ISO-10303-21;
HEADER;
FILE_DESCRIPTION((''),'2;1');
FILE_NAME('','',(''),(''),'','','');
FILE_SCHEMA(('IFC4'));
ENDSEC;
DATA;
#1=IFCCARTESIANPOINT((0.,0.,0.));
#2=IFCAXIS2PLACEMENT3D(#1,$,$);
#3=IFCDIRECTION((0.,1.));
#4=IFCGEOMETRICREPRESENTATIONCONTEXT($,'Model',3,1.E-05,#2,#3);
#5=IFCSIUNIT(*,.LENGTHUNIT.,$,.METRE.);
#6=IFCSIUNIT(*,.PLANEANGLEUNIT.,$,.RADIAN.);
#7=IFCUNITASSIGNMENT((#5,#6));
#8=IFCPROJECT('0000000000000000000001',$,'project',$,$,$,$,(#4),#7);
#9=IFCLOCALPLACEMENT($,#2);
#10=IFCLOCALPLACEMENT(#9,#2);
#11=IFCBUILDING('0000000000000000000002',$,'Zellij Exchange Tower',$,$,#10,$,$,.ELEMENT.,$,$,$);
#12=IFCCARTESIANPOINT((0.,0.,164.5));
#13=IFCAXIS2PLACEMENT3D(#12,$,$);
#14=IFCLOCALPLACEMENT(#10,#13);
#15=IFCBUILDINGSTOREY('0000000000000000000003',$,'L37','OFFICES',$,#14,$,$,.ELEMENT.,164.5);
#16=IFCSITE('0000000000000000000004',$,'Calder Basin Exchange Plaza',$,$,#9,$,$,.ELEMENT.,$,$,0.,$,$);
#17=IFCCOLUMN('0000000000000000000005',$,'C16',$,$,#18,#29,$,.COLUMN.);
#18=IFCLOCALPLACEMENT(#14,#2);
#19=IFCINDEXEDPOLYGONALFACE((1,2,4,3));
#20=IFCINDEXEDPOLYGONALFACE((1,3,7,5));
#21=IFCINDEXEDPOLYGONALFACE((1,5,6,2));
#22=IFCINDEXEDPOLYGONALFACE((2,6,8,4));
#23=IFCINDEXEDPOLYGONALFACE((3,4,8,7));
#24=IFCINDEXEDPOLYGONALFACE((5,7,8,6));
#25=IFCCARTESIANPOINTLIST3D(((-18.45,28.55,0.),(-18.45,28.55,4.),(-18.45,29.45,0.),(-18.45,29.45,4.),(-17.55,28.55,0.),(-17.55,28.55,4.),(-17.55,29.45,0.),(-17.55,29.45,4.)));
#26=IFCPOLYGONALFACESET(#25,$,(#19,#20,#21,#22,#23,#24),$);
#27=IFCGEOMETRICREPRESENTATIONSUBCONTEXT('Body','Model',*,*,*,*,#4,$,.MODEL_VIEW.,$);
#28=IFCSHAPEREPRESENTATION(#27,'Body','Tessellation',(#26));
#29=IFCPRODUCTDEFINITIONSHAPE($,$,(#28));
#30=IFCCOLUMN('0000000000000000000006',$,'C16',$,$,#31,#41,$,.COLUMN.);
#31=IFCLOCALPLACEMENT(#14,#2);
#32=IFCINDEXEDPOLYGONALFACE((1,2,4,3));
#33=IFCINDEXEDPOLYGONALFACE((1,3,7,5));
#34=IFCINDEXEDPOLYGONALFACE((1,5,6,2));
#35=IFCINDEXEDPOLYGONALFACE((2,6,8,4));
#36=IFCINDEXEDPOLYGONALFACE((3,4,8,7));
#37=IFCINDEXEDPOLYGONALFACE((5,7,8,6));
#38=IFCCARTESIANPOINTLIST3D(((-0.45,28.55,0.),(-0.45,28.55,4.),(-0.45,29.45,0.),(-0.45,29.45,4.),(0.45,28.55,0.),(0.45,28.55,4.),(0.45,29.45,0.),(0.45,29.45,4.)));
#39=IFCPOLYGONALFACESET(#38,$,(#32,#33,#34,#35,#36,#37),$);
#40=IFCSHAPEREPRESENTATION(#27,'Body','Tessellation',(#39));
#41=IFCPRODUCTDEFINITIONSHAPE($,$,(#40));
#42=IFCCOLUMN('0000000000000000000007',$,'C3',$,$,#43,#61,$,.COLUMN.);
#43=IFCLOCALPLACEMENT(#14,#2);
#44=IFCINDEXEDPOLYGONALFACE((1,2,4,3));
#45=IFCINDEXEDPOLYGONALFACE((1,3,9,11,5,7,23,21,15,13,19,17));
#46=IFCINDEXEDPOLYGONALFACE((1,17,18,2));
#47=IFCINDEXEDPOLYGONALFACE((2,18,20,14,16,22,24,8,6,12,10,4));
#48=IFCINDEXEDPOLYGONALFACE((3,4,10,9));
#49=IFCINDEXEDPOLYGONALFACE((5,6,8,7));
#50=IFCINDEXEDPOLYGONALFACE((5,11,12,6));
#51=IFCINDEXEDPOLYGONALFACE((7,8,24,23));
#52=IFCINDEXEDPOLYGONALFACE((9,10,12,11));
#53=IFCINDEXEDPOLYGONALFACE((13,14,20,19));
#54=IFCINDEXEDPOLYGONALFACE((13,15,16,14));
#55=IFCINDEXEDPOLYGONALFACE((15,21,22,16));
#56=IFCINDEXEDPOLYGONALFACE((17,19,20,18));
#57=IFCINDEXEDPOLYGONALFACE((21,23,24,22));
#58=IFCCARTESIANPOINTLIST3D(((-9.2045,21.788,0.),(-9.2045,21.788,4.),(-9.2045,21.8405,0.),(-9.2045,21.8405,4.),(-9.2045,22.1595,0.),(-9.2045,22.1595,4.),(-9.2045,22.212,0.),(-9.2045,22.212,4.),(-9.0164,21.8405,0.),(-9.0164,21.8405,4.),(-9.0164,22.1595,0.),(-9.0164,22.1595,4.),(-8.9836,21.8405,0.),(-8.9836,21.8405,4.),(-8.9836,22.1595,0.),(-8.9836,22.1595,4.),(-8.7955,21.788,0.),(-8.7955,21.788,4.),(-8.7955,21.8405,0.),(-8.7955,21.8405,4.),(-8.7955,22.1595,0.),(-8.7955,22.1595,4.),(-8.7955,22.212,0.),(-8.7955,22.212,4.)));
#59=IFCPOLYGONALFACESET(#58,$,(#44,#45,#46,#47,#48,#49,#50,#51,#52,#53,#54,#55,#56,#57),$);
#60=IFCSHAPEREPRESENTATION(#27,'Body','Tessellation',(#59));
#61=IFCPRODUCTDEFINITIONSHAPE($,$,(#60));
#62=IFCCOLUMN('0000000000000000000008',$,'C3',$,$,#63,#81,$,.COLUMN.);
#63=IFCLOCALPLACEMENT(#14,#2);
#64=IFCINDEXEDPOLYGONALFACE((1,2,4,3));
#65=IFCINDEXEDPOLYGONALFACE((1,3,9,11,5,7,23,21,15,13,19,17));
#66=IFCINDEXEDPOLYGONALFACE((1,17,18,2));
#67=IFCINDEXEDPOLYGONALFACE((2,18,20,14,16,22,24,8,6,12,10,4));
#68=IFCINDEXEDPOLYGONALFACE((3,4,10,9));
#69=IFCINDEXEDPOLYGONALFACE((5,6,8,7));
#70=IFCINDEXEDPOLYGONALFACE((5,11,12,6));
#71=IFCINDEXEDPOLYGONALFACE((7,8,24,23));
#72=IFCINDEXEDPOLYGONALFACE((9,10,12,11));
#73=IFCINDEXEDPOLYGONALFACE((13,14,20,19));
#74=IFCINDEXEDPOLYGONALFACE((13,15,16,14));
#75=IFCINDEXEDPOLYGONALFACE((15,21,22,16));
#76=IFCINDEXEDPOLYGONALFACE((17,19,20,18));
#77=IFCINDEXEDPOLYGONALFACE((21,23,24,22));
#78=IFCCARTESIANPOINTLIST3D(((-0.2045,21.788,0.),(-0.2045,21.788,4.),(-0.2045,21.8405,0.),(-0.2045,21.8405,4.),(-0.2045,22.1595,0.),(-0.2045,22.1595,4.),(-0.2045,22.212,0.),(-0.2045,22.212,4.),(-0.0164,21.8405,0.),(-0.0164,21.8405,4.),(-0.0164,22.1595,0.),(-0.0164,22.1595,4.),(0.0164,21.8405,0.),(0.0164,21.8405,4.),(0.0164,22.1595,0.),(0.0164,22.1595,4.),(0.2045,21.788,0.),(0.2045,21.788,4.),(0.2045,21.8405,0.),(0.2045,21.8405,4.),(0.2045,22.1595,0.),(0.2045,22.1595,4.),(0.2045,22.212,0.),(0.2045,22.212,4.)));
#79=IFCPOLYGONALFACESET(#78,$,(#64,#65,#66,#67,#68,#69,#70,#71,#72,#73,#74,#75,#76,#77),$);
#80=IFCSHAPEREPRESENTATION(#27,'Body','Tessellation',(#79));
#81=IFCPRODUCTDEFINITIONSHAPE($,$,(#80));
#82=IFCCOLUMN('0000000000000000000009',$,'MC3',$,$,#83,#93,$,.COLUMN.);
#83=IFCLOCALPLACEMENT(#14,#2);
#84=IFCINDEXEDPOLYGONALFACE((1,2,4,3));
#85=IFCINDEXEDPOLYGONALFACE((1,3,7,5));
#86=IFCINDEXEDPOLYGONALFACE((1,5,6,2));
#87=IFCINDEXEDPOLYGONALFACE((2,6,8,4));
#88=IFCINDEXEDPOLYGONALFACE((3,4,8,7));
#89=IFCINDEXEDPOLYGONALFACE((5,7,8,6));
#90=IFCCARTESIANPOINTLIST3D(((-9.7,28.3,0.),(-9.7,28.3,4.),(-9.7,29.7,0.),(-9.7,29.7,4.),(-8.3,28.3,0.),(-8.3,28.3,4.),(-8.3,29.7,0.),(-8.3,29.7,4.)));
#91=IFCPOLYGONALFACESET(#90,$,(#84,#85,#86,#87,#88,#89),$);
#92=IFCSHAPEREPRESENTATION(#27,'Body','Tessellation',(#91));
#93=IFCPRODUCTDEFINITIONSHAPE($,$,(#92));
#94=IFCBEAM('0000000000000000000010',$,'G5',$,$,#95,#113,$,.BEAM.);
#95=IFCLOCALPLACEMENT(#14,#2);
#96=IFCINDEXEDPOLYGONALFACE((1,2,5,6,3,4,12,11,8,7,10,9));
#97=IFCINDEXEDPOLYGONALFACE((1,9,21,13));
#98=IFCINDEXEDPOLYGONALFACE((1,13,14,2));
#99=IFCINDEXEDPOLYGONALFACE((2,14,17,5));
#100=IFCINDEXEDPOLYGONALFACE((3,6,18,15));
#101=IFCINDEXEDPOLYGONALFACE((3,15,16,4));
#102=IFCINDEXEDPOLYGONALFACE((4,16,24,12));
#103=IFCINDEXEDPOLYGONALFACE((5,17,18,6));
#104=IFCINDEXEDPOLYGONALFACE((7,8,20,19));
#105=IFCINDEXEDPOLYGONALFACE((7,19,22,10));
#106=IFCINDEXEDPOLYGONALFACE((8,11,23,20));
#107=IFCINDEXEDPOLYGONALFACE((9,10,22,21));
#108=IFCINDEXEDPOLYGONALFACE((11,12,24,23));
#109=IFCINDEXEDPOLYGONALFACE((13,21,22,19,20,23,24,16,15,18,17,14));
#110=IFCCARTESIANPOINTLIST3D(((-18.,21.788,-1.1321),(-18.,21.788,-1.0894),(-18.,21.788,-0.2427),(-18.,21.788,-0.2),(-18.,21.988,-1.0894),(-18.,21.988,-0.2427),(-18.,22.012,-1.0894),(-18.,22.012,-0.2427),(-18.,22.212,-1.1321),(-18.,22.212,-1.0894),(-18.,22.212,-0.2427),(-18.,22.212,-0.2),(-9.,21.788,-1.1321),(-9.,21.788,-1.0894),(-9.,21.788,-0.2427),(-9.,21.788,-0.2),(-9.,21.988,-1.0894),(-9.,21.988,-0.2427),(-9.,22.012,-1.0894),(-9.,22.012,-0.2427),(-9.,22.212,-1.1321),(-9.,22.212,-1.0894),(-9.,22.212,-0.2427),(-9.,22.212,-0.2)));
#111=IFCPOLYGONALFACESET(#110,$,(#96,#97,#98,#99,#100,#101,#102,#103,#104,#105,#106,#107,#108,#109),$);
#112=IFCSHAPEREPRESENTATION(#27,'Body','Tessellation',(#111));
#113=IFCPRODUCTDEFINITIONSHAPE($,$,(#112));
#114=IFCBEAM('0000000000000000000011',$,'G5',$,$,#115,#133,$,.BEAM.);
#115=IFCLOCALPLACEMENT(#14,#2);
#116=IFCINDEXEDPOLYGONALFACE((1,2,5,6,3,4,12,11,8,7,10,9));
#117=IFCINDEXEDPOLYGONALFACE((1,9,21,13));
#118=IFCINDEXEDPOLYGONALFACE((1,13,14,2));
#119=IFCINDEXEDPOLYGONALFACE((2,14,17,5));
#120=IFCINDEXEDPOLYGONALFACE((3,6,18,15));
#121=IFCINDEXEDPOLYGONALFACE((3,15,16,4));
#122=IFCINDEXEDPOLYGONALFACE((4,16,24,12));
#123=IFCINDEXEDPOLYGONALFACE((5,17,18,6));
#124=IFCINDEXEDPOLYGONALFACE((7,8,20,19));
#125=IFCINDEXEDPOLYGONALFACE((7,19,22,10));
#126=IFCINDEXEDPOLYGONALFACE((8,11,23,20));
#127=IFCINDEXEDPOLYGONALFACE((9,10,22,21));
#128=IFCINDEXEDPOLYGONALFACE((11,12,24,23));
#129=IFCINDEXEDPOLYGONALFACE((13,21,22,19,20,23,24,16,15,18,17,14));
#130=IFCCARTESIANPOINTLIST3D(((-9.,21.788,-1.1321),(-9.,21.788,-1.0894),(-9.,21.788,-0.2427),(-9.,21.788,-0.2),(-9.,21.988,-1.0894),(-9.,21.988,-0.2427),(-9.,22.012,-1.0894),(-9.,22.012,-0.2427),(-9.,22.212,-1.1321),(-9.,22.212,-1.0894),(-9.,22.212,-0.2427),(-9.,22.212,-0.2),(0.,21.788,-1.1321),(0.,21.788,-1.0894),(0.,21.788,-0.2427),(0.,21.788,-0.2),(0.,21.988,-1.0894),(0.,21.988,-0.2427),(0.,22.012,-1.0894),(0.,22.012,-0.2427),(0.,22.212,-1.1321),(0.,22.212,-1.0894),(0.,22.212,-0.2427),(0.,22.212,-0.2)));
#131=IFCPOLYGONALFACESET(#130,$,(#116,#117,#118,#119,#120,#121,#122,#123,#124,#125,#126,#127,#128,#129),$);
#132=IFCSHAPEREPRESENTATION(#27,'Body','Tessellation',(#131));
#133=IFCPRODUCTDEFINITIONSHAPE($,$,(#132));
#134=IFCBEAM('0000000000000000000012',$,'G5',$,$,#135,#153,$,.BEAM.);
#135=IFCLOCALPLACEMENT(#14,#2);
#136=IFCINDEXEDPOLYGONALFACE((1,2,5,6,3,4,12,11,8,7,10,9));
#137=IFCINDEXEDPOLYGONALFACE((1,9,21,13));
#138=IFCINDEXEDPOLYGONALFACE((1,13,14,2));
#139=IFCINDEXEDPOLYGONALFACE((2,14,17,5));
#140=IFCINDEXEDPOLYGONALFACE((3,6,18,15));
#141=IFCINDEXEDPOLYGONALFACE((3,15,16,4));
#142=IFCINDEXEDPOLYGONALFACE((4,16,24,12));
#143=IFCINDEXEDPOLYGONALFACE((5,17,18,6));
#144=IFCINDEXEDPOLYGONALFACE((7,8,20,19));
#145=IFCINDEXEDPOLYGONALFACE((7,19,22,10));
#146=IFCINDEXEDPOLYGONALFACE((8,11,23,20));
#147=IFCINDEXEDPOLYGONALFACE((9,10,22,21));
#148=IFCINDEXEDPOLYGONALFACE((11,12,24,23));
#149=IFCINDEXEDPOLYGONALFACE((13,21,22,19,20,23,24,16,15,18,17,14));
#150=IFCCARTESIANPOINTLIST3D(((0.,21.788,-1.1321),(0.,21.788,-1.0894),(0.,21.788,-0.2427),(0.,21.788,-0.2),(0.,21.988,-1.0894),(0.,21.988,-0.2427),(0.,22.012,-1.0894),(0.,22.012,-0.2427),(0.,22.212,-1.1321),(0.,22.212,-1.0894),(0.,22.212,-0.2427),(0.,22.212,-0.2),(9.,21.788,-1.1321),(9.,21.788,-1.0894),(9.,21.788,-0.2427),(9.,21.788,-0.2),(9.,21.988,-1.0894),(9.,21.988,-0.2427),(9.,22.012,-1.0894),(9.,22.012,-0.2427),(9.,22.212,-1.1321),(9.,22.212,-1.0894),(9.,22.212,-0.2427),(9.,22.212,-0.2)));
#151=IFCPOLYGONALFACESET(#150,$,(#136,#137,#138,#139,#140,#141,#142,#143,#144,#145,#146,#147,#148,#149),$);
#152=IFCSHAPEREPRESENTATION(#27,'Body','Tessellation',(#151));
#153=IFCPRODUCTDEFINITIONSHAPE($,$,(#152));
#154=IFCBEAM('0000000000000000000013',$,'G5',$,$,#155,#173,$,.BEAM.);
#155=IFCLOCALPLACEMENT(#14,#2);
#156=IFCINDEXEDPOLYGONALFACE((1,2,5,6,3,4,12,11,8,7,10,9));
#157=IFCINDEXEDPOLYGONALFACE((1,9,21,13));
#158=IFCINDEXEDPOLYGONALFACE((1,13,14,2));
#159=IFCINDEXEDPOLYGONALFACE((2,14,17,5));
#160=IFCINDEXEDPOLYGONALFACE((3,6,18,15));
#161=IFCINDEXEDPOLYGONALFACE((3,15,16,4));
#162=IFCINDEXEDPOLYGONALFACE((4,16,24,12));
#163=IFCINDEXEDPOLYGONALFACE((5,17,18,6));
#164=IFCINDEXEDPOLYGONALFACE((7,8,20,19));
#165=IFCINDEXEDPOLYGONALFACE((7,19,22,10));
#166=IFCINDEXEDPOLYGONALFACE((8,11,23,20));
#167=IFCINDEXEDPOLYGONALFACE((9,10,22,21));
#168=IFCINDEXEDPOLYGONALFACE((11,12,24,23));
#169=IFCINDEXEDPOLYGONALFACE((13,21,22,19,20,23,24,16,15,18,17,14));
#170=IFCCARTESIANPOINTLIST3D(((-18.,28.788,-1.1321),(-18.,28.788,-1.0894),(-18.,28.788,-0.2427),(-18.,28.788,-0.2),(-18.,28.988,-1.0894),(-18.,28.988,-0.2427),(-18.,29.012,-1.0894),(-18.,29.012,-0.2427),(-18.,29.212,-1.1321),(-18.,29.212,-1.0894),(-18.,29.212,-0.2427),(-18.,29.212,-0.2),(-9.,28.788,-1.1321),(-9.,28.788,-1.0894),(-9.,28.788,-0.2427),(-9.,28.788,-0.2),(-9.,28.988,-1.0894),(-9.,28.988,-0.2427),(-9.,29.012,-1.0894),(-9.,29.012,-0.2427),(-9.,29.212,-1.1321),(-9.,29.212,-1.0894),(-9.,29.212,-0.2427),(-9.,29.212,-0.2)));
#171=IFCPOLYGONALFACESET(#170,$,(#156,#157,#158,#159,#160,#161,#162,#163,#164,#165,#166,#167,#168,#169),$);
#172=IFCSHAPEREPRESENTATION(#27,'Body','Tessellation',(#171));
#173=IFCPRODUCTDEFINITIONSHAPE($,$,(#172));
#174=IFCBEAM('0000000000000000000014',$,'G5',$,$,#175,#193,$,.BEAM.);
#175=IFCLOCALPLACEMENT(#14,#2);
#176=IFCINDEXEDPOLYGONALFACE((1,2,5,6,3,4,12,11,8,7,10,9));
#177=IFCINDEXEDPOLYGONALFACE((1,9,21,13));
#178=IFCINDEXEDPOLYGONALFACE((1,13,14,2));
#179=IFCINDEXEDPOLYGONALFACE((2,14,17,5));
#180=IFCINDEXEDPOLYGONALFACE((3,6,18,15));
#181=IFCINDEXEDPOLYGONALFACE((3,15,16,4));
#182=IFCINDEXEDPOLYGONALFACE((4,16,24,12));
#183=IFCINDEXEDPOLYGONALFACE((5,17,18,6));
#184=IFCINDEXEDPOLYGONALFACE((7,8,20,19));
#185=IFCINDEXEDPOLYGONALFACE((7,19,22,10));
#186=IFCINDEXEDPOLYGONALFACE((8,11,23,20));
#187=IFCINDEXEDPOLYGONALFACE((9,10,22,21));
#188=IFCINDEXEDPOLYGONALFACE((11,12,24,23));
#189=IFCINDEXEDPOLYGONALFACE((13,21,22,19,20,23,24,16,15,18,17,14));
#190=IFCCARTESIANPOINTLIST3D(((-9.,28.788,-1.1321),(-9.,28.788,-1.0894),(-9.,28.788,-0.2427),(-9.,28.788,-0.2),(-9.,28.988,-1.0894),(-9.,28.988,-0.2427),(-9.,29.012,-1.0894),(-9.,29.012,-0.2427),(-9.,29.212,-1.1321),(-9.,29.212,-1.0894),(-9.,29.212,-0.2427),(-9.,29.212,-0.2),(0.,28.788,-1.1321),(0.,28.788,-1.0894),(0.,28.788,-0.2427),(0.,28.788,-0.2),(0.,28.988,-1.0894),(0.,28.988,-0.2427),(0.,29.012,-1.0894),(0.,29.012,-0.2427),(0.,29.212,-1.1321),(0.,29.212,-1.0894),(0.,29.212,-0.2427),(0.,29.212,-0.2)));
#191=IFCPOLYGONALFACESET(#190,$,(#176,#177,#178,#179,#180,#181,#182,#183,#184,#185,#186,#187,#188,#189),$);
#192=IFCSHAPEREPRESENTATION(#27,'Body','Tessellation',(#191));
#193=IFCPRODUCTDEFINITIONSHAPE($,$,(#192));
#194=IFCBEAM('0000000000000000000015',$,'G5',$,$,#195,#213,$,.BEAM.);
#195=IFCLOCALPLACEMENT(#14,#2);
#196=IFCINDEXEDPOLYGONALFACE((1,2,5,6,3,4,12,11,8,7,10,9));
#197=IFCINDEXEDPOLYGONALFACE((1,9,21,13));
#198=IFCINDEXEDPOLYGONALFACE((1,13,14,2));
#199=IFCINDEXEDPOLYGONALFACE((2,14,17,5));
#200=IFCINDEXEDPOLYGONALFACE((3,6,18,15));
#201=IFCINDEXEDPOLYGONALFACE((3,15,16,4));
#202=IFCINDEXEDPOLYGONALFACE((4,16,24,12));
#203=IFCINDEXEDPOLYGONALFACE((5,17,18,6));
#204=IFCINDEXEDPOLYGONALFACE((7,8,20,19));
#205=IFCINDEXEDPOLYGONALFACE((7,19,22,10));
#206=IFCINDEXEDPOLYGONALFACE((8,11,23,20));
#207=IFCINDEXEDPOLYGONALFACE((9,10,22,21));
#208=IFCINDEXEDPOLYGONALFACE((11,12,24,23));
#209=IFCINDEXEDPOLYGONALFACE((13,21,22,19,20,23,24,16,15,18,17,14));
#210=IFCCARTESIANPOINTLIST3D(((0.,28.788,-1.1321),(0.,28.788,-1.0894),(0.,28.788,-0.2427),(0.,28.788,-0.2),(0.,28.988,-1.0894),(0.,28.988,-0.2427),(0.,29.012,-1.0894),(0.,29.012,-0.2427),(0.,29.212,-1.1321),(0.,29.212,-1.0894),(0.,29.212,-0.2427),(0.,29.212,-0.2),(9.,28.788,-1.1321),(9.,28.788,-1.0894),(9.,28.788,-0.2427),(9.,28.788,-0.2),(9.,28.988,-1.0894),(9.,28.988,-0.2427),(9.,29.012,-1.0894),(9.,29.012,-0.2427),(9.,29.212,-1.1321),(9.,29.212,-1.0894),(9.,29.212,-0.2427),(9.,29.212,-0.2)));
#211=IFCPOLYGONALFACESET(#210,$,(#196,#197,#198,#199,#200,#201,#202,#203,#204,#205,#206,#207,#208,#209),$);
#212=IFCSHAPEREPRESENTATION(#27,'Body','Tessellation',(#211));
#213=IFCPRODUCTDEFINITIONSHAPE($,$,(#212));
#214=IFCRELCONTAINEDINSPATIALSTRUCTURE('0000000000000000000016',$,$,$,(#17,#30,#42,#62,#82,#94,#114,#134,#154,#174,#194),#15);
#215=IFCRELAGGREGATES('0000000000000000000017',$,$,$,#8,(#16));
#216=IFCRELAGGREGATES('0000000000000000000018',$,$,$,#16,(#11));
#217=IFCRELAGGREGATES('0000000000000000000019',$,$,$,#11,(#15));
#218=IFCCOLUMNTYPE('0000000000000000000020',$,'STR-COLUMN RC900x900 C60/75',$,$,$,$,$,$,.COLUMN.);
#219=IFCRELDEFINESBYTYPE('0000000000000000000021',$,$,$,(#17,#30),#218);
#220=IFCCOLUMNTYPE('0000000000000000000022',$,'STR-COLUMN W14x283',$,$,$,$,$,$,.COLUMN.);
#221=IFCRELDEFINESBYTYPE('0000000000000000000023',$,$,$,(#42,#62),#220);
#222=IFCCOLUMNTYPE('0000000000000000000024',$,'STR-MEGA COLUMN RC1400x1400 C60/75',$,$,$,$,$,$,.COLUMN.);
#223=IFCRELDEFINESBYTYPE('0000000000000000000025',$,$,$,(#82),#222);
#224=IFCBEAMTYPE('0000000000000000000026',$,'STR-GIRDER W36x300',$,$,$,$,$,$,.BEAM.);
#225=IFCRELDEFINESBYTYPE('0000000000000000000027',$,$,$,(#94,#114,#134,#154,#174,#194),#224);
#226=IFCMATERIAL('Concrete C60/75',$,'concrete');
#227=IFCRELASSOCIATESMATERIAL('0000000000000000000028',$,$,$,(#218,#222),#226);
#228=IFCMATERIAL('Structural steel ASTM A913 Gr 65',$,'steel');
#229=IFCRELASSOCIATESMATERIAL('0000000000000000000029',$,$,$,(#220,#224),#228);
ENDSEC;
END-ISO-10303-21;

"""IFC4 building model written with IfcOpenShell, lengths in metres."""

from ifc_helpers import new_model, si_unit, direction, frame, origin, origin_2d, place, context, subcontext, project, spatial, rectangle, i_section, extrude, material, material_profile, profile_set, type_object, element, save


model = new_model("IFC4")

# Units and contexts
model_context = context("Model", 3, precision=1e-05, world=origin(), true_north=direction((0.0, 1.0)))
body_context = subcontext(model_context, "Body", "Model", "MODEL_VIEW")
ifc_project = project(units=[si_unit("LENGTHUNIT", "METRE"), si_unit("PLANEANGLEUNIT", "RADIAN")], contexts=[model_context])

# Site, building, storey
site_placement = place(None, origin())
site = spatial("IfcSite", under=ifc_project, at=site_placement, Name="Calder Basin Exchange Plaza", CompositionType="ELEMENT", RefElevation=0.0)
building_placement = place(site_placement, origin())
building = spatial("IfcBuilding", under=site, at=building_placement, Name="Zellij Exchange Tower", CompositionType="ELEMENT")
storey_placement = place(building_placement, frame((0.0, 0.0, 164.5)))
storey = spatial("IfcBuildingStorey", under=building, at=storey_placement, Name="L37", Description="OFFICES", CompositionType="ELEMENT", Elevation=164.5)

# Columns
ifc_material_1 = material(Name="Concrete C60/75", Category="concrete")
ifc_material_profile_1 = material_profile(ifc_material_1, rectangle(XDim=0.8999, YDim=0.8999, at=origin_2d()), Name="STR-COLUMN RC900x900 C60/75")
ifc_profile_set_1 = profile_set([ifc_material_profile_1], Name="Concrete C60/75")
column_type_1 = type_object("IfcColumnType", Name="STR-COLUMN RC900x900 C60/75", PredefinedType="COLUMN", material=ifc_profile_set_1)
for number, where, z_axis, x_axis, name in (
    (1, (-18.0, 29.0, 0.0), (0.0, 0.0, 1.0), (1.0, 0.0, 0.0), "C16"),
    (2, (0.0, 29.0, 0.0), (0.0, 0.0, 1.0), (1.0, 0.0, 0.0), "C16"),
):
    element("IfcColumn", number, at=place(storey_placement, frame(where, z_axis=z_axis, x_axis=x_axis)), inside=storey, type_object=column_type_1, Name=name, PredefinedType="COLUMN", context=body_context, shape_type="SweptSolid", body=[
        extrude(rectangle(XDim=0.8999, YDim=0.8999, at=origin_2d()), origin(), (0.0, 0.0, 1.0), 4.0),
    ])
ifc_material_2 = material(Name="Structural steel ASTM A913 Gr 65", Category="steel")
ifc_material_profile_2 = material_profile(ifc_material_2, i_section(OverallWidth=0.4089, OverallDepth=0.4241, WebThickness=0.0327, FlangeThickness=0.0525, at=origin_2d()), Name="W14x283")
ifc_profile_set_2 = profile_set([ifc_material_profile_2], Name="Structural steel ASTM A913 Gr 65")
column_type_2 = type_object("IfcColumnType", Name="STR-COLUMN W14x283", PredefinedType="COLUMN", material=ifc_profile_set_2)
for number, where, z_axis, x_axis, name in (
    (3, (-9.0, 22.0, 0.0), (0.0, 0.0, 1.0), (1.0, 0.0, 0.0), "C3"),
    (4, (0.0, 22.0, 0.0), (0.0, 0.0, 1.0), (1.0, 0.0, 0.0), "C3"),
):
    element("IfcColumn", number, at=place(storey_placement, frame(where, z_axis=z_axis, x_axis=x_axis)), inside=storey, type_object=column_type_2, Name=name, PredefinedType="COLUMN", context=body_context, shape_type="SweptSolid", body=[
        extrude(i_section(OverallWidth=0.4089, OverallDepth=0.4241, WebThickness=0.0327, FlangeThickness=0.0525, at=origin_2d()), origin(), (0.0, 0.0, 1.0), 4.0),
    ])
ifc_material_profile_3 = material_profile(ifc_material_1, rectangle(XDim=1.3999, YDim=1.3999, at=origin_2d()), Name="STR-MEGA COLUMN RC1400x1400 C60/75")
ifc_profile_set_3 = profile_set([ifc_material_profile_3], Name="Concrete C60/75")
column_type_3 = type_object("IfcColumnType", Name="STR-MEGA COLUMN RC1400x1400 C60/75", PredefinedType="COLUMN", material=ifc_profile_set_3)
column_placement = place(storey_placement, frame((-9.0, 29.0, 0.0), z_axis=(0.0, 0.0, 1.0), x_axis=(1.0, 0.0, 0.0)))
element("IfcColumn", 5, at=column_placement, inside=storey, type_object=column_type_3, Name="MC3", PredefinedType="COLUMN", context=body_context, shape_type="SweptSolid", body=[
    extrude(rectangle(XDim=1.3999, YDim=1.3999, at=origin_2d()), origin(), (0.0, 0.0, 1.0), 4.0),
])

# Beams
ifc_material_profile_4 = material_profile(ifc_material_2, i_section(OverallWidth=0.4241, OverallDepth=0.9321, WebThickness=0.0239, FlangeThickness=0.0427, at=origin_2d()), Name="W36x300")
ifc_profile_set_4 = profile_set([ifc_material_profile_4], Name="Structural steel ASTM A913 Gr 65")
beam_type = type_object("IfcBeamType", Name="STR-GIRDER W36x300", PredefinedType="BEAM", material=ifc_profile_set_4)
for number, where, z_axis, x_axis, name in (
    (6, (-18.0, 22.0, -0.666), (1.0, 0.0, 0.0), (0.0, 1.0, 0.0), "G5"),
    (7, (-9.0, 22.0, -0.666), (1.0, 0.0, 0.0), (0.0, 1.0, 0.0), "G5"),
    (8, (0.0, 22.0, -0.666), (1.0, 0.0, 0.0), (0.0, 1.0, 0.0), "G5"),
    (9, (-18.0, 29.0, -0.666), (1.0, 0.0, 0.0), (0.0, 1.0, 0.0), "G5"),
    (10, (-9.0, 29.0, -0.666), (1.0, 0.0, 0.0), (0.0, 1.0, 0.0), "G5"),
    (11, (0.0, 29.0, -0.666), (1.0, 0.0, 0.0), (0.0, 1.0, 0.0), "G5"),
):
    element("IfcBeam", number, at=place(storey_placement, frame(where, z_axis=z_axis, x_axis=x_axis)), inside=storey, type_object=beam_type, Name=name, PredefinedType="BEAM", context=body_context, shape_type="SweptSolid", body=[
        extrude(i_section(OverallWidth=0.4241, OverallDepth=0.9321, WebThickness=0.0239, FlangeThickness=0.0427, at=origin_2d()), origin(), (0.0, 0.0, 1.0), 9.0),
    ])

save(model, "model.ifc")
